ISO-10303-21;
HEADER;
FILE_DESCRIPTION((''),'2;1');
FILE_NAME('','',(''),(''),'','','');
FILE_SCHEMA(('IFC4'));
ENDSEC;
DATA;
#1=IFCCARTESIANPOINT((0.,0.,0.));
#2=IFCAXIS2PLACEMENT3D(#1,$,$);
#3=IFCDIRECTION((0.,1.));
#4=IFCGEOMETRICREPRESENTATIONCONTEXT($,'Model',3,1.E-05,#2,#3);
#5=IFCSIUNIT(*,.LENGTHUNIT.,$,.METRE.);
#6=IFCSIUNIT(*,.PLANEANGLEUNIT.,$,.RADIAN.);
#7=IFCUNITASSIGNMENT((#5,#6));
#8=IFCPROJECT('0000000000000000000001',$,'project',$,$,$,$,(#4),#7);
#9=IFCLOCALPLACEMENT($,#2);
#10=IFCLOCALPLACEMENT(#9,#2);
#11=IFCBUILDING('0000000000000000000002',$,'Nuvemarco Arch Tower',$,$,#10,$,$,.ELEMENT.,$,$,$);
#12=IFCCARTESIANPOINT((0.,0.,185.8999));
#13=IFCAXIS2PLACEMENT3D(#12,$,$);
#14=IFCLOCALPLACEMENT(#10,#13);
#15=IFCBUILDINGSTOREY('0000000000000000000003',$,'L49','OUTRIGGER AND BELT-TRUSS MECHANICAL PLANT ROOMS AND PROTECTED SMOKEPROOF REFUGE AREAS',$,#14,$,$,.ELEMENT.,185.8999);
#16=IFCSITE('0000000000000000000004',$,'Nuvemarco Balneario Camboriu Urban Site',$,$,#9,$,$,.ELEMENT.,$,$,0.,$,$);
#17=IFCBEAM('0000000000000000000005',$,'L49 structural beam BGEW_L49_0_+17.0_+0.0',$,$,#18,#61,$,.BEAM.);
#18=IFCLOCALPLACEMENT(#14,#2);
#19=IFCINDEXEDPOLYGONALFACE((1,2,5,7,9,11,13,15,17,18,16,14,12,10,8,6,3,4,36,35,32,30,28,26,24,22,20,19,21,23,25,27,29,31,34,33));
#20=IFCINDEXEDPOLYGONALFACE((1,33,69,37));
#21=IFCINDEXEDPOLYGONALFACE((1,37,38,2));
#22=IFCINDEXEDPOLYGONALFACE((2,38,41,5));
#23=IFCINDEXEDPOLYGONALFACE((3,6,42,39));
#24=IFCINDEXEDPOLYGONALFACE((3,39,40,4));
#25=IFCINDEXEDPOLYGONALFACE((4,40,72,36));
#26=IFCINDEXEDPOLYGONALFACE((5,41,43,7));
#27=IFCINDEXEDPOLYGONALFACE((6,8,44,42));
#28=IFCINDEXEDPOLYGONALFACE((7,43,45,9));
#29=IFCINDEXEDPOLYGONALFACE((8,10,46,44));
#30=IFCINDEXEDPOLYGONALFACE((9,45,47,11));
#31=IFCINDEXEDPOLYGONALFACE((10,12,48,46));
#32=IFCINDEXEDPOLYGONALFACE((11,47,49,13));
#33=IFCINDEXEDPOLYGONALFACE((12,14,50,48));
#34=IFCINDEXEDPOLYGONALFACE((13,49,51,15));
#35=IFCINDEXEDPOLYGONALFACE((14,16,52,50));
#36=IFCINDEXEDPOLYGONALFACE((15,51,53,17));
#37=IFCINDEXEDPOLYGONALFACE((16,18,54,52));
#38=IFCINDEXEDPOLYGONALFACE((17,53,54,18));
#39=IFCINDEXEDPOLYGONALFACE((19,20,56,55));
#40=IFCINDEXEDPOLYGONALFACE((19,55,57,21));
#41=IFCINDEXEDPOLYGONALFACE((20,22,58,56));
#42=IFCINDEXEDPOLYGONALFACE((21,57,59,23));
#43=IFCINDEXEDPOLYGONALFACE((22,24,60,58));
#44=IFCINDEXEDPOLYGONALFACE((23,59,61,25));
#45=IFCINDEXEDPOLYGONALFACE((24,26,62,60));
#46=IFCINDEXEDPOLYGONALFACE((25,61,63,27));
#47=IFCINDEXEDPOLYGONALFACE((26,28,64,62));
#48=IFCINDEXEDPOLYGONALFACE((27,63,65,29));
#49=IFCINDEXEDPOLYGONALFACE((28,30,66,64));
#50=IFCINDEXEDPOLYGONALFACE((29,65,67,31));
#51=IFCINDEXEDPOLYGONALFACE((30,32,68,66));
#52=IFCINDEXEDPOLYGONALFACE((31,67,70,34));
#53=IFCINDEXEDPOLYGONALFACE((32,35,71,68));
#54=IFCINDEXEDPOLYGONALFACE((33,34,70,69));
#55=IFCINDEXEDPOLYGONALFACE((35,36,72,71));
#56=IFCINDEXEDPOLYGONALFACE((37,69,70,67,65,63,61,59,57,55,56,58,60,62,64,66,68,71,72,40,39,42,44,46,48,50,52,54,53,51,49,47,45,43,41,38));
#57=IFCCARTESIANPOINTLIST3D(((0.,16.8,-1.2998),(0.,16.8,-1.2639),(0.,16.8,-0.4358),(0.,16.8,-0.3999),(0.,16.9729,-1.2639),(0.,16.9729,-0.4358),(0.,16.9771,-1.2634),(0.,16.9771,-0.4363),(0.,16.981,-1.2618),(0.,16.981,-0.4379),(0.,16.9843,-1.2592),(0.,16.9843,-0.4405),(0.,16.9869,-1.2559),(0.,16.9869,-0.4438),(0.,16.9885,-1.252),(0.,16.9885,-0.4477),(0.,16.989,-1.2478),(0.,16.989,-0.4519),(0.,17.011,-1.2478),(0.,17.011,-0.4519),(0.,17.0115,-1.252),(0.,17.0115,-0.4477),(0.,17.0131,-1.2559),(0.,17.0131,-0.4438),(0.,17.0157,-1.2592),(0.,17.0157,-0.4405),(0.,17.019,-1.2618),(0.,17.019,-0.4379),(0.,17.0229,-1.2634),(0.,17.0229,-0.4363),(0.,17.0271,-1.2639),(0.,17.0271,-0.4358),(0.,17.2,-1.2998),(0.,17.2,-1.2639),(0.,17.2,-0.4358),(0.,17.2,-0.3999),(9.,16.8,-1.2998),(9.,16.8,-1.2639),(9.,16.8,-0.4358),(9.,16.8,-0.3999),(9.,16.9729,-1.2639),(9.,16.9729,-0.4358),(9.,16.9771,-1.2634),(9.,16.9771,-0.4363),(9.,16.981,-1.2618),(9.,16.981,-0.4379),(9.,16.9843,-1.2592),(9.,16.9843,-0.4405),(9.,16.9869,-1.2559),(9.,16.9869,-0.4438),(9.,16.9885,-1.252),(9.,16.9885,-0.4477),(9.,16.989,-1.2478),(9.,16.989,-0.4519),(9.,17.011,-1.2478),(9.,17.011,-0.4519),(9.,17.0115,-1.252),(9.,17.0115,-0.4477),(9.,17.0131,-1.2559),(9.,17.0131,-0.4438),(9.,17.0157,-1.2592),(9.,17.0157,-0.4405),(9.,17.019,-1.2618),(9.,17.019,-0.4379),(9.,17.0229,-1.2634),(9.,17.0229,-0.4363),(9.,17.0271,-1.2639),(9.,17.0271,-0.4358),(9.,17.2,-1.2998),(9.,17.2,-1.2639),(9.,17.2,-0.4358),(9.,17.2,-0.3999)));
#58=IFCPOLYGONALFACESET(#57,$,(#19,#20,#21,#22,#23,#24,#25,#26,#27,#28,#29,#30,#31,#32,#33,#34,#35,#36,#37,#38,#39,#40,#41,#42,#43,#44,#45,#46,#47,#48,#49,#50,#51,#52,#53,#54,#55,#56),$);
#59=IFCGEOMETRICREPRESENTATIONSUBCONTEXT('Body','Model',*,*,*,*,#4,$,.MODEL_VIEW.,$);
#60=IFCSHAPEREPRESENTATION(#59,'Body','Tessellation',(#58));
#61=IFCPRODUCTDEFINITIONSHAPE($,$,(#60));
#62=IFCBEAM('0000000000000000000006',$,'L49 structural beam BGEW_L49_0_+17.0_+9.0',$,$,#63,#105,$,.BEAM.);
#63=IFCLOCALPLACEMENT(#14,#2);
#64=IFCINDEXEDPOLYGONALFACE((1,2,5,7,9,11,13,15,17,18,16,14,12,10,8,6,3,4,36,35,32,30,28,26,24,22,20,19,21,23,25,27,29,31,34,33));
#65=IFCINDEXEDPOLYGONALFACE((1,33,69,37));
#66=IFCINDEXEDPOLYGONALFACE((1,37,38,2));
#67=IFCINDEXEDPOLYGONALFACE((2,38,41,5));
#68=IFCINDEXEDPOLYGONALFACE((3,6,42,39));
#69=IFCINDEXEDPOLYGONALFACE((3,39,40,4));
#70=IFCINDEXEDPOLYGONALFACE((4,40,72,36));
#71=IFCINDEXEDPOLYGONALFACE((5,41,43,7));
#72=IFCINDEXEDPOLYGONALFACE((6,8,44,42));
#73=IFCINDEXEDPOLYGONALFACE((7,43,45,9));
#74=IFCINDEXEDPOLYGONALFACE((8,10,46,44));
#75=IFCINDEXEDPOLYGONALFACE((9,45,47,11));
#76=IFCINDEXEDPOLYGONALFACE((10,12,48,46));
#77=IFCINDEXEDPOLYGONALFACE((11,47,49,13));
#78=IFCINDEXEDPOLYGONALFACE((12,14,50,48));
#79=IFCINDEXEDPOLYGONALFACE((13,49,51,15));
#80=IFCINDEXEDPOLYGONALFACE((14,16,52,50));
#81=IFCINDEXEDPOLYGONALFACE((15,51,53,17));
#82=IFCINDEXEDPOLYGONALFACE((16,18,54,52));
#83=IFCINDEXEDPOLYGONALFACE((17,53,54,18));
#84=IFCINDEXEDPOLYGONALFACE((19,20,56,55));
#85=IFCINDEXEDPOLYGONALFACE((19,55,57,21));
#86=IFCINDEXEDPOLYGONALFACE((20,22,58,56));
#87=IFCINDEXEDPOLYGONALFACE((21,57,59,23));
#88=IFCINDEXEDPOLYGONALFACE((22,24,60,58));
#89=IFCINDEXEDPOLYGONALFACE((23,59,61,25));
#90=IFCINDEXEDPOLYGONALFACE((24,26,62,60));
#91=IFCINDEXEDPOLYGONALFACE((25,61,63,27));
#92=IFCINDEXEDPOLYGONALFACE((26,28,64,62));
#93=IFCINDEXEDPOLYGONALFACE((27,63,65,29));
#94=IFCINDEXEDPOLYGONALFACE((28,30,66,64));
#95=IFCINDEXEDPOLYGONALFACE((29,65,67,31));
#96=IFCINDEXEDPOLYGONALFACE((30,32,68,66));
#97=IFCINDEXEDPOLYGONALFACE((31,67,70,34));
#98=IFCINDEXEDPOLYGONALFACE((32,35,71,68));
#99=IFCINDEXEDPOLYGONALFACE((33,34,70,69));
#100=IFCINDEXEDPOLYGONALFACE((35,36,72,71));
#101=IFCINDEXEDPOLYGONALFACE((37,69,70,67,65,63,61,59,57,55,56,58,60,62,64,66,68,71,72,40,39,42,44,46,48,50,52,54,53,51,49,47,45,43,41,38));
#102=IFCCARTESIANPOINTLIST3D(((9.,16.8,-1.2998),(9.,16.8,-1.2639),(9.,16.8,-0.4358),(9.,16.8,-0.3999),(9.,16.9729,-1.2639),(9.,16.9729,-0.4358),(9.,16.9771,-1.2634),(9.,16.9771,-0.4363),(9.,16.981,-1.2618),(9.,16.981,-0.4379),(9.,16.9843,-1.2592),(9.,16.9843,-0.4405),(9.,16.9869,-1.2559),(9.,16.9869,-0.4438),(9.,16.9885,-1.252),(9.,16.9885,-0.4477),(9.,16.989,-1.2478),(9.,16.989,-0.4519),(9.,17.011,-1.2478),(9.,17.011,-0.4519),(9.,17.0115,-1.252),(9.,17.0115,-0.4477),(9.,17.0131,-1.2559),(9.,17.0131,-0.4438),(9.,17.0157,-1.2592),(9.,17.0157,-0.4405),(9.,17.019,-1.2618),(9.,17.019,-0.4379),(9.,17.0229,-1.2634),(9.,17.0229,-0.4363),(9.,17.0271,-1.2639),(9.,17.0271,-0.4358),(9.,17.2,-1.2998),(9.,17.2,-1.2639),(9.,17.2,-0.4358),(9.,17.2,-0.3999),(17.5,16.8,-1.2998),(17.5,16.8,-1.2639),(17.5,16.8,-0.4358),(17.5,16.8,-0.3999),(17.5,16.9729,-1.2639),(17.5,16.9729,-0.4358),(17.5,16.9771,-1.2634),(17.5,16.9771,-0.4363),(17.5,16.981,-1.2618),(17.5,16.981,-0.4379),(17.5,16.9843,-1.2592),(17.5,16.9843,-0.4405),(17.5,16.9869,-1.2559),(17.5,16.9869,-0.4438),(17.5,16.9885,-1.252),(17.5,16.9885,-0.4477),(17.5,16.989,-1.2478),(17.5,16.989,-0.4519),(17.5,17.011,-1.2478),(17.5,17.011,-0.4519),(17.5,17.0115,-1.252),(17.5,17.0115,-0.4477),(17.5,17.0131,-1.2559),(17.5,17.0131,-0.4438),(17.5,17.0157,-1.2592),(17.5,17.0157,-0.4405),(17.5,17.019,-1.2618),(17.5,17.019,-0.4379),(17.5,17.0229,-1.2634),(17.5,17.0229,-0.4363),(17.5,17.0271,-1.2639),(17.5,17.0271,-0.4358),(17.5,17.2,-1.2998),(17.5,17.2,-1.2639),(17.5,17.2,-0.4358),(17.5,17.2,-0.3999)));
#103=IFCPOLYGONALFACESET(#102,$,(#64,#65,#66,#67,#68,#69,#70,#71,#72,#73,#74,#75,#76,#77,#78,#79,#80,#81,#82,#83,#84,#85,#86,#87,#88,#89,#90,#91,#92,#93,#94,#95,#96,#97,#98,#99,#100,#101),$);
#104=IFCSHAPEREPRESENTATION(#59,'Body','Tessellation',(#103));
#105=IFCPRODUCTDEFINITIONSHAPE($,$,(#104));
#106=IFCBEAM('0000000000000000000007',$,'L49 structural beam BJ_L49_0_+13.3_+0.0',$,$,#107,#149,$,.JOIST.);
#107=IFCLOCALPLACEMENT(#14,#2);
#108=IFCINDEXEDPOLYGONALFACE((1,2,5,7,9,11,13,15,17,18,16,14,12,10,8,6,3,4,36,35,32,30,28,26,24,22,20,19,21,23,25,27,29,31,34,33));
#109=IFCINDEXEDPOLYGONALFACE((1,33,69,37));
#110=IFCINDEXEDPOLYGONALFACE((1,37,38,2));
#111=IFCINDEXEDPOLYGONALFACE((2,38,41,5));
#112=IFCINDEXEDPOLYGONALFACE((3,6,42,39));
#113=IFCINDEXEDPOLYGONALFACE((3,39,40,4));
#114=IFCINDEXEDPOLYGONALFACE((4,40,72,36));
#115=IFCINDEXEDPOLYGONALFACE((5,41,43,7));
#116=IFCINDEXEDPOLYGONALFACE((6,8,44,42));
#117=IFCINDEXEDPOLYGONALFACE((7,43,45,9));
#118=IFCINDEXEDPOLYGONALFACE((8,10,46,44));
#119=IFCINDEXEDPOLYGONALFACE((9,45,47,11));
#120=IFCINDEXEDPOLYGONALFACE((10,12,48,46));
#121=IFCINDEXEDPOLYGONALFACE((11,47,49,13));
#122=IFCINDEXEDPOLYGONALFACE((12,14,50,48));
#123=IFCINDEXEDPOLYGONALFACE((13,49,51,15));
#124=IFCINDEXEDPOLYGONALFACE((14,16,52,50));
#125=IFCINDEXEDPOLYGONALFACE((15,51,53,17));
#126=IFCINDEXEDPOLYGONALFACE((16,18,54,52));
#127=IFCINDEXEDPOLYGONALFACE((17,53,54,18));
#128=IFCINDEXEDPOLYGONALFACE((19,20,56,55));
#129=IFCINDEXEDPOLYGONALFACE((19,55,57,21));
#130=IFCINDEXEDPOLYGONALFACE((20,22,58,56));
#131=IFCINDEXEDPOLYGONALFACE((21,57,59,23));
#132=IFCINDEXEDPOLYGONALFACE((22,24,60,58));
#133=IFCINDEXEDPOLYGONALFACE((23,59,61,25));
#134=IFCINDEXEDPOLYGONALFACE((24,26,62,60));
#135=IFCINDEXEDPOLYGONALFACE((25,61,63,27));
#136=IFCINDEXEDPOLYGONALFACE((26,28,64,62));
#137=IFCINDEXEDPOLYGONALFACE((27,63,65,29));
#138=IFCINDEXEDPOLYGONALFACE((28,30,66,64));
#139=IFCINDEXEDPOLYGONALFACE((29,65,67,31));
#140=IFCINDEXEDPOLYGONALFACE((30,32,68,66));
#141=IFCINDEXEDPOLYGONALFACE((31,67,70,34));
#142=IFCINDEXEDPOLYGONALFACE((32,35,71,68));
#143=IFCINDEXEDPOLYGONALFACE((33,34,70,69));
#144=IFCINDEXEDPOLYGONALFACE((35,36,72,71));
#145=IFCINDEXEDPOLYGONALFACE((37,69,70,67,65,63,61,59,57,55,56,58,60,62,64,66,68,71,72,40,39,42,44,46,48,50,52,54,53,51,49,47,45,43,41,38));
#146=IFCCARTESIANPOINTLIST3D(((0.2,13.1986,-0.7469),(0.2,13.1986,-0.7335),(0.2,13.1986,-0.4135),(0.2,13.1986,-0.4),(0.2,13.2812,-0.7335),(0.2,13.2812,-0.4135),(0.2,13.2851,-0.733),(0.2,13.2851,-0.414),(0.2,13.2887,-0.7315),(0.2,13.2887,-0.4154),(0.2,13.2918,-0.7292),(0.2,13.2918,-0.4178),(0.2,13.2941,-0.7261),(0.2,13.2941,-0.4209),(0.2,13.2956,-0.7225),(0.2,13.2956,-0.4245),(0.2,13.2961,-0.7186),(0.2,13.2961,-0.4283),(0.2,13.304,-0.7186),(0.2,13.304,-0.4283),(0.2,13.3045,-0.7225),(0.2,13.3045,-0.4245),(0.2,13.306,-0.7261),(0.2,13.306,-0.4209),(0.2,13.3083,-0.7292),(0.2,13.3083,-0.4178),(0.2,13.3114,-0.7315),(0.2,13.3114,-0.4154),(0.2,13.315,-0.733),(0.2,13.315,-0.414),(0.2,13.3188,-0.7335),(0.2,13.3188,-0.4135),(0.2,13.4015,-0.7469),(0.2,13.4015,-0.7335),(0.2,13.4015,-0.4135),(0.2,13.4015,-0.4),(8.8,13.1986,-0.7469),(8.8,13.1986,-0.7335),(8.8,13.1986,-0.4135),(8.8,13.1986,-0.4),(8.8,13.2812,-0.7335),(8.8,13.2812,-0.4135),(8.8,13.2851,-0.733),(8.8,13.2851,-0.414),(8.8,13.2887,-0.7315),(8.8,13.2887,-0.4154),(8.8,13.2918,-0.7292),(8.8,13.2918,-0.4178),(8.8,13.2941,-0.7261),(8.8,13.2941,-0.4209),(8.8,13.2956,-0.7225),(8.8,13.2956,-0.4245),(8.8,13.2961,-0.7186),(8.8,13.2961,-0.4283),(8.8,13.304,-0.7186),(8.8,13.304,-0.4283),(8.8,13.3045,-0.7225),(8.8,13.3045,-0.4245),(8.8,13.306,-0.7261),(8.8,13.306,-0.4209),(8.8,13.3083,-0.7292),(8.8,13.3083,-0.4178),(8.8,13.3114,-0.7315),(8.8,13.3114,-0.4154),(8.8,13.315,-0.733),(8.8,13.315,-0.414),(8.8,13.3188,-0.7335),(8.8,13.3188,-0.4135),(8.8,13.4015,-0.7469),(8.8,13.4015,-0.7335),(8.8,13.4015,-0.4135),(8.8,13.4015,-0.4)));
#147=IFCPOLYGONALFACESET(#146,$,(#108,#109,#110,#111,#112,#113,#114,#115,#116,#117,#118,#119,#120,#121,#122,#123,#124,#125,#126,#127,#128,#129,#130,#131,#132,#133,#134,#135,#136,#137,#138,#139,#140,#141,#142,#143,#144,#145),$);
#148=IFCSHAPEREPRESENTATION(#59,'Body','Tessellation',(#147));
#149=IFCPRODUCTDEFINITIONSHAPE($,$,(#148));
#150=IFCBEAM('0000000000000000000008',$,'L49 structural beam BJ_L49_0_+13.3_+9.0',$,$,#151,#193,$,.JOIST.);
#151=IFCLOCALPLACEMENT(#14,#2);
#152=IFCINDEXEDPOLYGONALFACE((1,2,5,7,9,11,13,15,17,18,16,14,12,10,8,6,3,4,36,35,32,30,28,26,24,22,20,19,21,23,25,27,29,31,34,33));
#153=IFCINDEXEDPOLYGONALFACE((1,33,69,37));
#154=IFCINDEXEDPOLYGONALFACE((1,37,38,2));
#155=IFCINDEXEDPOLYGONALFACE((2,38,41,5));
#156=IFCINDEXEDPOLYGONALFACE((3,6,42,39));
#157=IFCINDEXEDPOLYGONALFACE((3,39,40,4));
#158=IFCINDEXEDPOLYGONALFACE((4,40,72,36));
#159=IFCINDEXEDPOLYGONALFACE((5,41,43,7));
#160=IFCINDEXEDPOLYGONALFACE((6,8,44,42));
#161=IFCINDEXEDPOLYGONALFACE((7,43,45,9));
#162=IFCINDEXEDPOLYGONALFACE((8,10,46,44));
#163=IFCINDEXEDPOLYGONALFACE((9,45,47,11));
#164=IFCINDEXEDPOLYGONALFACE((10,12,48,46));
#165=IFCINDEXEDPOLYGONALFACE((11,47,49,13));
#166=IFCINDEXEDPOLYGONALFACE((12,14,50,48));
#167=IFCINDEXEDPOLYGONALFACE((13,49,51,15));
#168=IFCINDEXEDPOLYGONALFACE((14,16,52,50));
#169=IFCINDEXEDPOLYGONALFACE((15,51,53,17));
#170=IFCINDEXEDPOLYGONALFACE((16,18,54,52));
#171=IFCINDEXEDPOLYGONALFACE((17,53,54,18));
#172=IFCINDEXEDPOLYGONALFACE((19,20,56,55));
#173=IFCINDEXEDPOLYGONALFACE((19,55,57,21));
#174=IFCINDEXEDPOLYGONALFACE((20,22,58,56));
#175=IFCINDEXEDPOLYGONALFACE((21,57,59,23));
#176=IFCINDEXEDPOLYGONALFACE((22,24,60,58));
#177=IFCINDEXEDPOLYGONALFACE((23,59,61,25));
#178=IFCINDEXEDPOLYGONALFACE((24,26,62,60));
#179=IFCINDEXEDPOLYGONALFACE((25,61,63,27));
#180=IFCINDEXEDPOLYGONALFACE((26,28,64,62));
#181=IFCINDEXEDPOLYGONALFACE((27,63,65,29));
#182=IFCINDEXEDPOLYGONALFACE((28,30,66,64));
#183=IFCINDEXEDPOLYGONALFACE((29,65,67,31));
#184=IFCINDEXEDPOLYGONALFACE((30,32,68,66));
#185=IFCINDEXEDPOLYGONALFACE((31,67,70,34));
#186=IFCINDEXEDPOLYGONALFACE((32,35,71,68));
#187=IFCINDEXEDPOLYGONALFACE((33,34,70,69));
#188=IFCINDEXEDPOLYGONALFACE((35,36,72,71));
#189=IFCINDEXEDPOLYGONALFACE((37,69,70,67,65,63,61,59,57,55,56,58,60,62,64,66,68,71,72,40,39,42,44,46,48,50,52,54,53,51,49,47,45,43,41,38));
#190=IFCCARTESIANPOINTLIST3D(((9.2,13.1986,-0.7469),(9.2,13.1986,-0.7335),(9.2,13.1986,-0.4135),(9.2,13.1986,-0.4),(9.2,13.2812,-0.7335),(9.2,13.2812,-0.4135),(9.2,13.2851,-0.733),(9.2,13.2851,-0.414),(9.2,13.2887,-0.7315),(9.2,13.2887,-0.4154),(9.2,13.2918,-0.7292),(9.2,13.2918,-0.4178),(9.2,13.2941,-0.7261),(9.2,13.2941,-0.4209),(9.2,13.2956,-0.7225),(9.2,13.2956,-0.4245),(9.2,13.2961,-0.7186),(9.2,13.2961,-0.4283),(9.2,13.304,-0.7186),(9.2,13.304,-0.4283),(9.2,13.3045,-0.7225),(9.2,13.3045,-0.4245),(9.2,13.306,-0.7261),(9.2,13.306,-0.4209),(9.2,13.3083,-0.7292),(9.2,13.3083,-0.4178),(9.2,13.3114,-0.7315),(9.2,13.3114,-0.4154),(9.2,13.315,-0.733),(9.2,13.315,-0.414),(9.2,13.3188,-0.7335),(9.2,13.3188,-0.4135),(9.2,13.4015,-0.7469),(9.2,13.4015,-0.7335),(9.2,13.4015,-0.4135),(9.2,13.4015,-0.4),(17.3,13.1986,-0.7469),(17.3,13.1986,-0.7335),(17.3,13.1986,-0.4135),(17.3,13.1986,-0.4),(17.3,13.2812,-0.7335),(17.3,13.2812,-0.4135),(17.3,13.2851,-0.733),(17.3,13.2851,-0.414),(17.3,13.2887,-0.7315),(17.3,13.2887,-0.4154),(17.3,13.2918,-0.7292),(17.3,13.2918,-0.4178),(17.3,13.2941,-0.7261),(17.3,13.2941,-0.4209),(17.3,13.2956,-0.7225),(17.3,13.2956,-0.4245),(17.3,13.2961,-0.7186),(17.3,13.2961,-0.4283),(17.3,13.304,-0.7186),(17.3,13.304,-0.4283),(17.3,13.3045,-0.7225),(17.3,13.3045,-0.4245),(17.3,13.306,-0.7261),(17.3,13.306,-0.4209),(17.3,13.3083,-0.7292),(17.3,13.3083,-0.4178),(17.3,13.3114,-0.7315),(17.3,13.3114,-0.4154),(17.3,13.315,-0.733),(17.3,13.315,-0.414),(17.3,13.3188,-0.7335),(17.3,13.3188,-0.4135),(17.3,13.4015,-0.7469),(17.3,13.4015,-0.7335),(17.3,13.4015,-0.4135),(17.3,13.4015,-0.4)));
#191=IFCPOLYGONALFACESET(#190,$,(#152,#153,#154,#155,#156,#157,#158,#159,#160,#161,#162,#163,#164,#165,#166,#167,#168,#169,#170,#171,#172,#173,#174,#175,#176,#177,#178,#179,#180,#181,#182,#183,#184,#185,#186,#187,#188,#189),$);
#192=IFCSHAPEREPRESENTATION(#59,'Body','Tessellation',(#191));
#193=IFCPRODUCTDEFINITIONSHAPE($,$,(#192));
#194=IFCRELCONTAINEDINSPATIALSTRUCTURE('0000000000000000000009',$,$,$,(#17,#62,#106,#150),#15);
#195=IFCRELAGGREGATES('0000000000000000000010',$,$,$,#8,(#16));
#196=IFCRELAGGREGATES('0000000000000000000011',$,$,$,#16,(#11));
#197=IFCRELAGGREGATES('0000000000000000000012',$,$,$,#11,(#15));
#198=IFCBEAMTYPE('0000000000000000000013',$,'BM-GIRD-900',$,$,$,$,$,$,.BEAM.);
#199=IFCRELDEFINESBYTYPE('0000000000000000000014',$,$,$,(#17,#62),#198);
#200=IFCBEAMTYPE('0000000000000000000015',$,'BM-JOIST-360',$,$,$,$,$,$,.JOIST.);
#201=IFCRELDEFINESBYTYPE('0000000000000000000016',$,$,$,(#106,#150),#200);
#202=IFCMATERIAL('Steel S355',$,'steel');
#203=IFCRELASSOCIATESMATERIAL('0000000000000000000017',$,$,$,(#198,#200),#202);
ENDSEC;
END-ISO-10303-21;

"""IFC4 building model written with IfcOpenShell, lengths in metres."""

from ifc_helpers import new_model, si_unit, direction, frame, origin, origin_2d, place, context, subcontext, project, spatial, i_section, extrude, material, material_profile, profile_set, type_object, element, save


model = new_model("IFC4")

# Units and contexts
model_context = context("Model", 3, precision=1e-05, world=origin(), true_north=direction((0.0, 1.0)))
body_context = subcontext(model_context, "Body", "Model", "MODEL_VIEW")
ifc_project = project(units=[si_unit("LENGTHUNIT", "METRE"), si_unit("PLANEANGLEUNIT", "RADIAN")], contexts=[model_context])

# Site, building, storey
site_placement = place(None, origin())
site = spatial("IfcSite", under=ifc_project, at=site_placement, Name="Nuvemarco Balneario Camboriu Urban Site", CompositionType="ELEMENT", RefElevation=0.0)
building_placement = place(site_placement, origin())
building = spatial("IfcBuilding", under=site, at=building_placement, Name="Nuvemarco Arch Tower", CompositionType="ELEMENT")
storey_placement = place(building_placement, frame((0.0, 0.0, 185.8999)))
storey = spatial("IfcBuildingStorey", under=building, at=storey_placement, Name="L49", Description="OUTRIGGER AND BELT-TRUSS MECHANICAL PLANT ROOMS AND PROTECTED SMOKEPROOF REFUGE AREAS", CompositionType="ELEMENT", Elevation=185.8999)

# Shared definitions
ifc_material_1 = material(Name="Steel S355", Category="steel")

# Beams
ifc_material_profile_1 = material_profile(ifc_material_1, i_section(OverallWidth=0.3999, OverallDepth=0.8999, WebThickness=0.022, FlangeThickness=0.0359, FilletRadius=0.0161, at=origin_2d()), Name="PG900x400")
ifc_profile_set_1 = profile_set([ifc_material_profile_1], Name="Steel S355")
beam_type_1 = type_object("IfcBeamType", Name="BM-GIRD-900", PredefinedType="BEAM", material=ifc_profile_set_1)
beam_1_placement = place(storey_placement, frame((0.0, 17.0, -0.8499), z_axis=(1.0, 0.0, 0.0), x_axis=(0.0, 1.0, 0.0)))
element("IfcBeam", 1, at=beam_1_placement, inside=storey, type_object=beam_type_1, Name="L49 structural beam BGEW_L49_0_+17.0_+0.0", PredefinedType="BEAM", context=body_context, shape_type="SweptSolid", body=[
    extrude(i_section(OverallWidth=0.3999, OverallDepth=0.8999, WebThickness=0.022, FlangeThickness=0.0359, FilletRadius=0.0161, at=origin_2d()), origin(), (0.0, 0.0, 1.0), 9.0),
])
beam_2_placement = place(storey_placement, frame((9.0, 17.0, -0.8499), z_axis=(1.0, 0.0, 0.0), x_axis=(0.0, 1.0, 0.0)))
element("IfcBeam", 2, at=beam_2_placement, inside=storey, type_object=beam_type_1, Name="L49 structural beam BGEW_L49_0_+17.0_+9.0", PredefinedType="BEAM", context=body_context, shape_type="SweptSolid", body=[
    extrude(i_section(OverallWidth=0.3999, OverallDepth=0.8999, WebThickness=0.022, FlangeThickness=0.0359, FilletRadius=0.0161, at=origin_2d()), origin(), (0.0, 0.0, 1.0), 8.5),
])
ifc_material_profile_2 = material_profile(ifc_material_1, i_section(OverallWidth=0.2029, OverallDepth=0.3469, WebThickness=0.0078, FlangeThickness=0.0134, FilletRadius=0.0149, at=origin_2d()), Name="W360x64")
ifc_profile_set_2 = profile_set([ifc_material_profile_2], Name="Steel S355")
beam_type_2 = type_object("IfcBeamType", Name="BM-JOIST-360", PredefinedType="JOIST", material=ifc_profile_set_2)
beam_3_placement = place(storey_placement, frame((0.2, 13.3, -0.5735), z_axis=(1.0, 0.0, 0.0), x_axis=(0.0, 1.0, 0.0)))
element("IfcBeam", 3, at=beam_3_placement, inside=storey, type_object=beam_type_2, Name="L49 structural beam BJ_L49_0_+13.3_+0.0", PredefinedType="JOIST", context=body_context, shape_type="SweptSolid", body=[
    extrude(i_section(OverallWidth=0.2029, OverallDepth=0.3469, WebThickness=0.0078, FlangeThickness=0.0134, FilletRadius=0.0149, at=origin_2d()), origin(), (0.0, 0.0, 1.0), 8.6001),
])
beam_4_placement = place(storey_placement, frame((9.2, 13.3, -0.5735), z_axis=(1.0, 0.0, 0.0), x_axis=(0.0, 1.0, 0.0)))
element("IfcBeam", 4, at=beam_4_placement, inside=storey, type_object=beam_type_2, Name="L49 structural beam BJ_L49_0_+13.3_+9.0", PredefinedType="JOIST", context=body_context, shape_type="SweptSolid", body=[
    extrude(i_section(OverallWidth=0.2029, OverallDepth=0.3469, WebThickness=0.0078, FlangeThickness=0.0134, FilletRadius=0.0149, at=origin_2d()), origin(), (0.0, 0.0, 1.0), 8.1001),
])

save(model, "model.ifc")
